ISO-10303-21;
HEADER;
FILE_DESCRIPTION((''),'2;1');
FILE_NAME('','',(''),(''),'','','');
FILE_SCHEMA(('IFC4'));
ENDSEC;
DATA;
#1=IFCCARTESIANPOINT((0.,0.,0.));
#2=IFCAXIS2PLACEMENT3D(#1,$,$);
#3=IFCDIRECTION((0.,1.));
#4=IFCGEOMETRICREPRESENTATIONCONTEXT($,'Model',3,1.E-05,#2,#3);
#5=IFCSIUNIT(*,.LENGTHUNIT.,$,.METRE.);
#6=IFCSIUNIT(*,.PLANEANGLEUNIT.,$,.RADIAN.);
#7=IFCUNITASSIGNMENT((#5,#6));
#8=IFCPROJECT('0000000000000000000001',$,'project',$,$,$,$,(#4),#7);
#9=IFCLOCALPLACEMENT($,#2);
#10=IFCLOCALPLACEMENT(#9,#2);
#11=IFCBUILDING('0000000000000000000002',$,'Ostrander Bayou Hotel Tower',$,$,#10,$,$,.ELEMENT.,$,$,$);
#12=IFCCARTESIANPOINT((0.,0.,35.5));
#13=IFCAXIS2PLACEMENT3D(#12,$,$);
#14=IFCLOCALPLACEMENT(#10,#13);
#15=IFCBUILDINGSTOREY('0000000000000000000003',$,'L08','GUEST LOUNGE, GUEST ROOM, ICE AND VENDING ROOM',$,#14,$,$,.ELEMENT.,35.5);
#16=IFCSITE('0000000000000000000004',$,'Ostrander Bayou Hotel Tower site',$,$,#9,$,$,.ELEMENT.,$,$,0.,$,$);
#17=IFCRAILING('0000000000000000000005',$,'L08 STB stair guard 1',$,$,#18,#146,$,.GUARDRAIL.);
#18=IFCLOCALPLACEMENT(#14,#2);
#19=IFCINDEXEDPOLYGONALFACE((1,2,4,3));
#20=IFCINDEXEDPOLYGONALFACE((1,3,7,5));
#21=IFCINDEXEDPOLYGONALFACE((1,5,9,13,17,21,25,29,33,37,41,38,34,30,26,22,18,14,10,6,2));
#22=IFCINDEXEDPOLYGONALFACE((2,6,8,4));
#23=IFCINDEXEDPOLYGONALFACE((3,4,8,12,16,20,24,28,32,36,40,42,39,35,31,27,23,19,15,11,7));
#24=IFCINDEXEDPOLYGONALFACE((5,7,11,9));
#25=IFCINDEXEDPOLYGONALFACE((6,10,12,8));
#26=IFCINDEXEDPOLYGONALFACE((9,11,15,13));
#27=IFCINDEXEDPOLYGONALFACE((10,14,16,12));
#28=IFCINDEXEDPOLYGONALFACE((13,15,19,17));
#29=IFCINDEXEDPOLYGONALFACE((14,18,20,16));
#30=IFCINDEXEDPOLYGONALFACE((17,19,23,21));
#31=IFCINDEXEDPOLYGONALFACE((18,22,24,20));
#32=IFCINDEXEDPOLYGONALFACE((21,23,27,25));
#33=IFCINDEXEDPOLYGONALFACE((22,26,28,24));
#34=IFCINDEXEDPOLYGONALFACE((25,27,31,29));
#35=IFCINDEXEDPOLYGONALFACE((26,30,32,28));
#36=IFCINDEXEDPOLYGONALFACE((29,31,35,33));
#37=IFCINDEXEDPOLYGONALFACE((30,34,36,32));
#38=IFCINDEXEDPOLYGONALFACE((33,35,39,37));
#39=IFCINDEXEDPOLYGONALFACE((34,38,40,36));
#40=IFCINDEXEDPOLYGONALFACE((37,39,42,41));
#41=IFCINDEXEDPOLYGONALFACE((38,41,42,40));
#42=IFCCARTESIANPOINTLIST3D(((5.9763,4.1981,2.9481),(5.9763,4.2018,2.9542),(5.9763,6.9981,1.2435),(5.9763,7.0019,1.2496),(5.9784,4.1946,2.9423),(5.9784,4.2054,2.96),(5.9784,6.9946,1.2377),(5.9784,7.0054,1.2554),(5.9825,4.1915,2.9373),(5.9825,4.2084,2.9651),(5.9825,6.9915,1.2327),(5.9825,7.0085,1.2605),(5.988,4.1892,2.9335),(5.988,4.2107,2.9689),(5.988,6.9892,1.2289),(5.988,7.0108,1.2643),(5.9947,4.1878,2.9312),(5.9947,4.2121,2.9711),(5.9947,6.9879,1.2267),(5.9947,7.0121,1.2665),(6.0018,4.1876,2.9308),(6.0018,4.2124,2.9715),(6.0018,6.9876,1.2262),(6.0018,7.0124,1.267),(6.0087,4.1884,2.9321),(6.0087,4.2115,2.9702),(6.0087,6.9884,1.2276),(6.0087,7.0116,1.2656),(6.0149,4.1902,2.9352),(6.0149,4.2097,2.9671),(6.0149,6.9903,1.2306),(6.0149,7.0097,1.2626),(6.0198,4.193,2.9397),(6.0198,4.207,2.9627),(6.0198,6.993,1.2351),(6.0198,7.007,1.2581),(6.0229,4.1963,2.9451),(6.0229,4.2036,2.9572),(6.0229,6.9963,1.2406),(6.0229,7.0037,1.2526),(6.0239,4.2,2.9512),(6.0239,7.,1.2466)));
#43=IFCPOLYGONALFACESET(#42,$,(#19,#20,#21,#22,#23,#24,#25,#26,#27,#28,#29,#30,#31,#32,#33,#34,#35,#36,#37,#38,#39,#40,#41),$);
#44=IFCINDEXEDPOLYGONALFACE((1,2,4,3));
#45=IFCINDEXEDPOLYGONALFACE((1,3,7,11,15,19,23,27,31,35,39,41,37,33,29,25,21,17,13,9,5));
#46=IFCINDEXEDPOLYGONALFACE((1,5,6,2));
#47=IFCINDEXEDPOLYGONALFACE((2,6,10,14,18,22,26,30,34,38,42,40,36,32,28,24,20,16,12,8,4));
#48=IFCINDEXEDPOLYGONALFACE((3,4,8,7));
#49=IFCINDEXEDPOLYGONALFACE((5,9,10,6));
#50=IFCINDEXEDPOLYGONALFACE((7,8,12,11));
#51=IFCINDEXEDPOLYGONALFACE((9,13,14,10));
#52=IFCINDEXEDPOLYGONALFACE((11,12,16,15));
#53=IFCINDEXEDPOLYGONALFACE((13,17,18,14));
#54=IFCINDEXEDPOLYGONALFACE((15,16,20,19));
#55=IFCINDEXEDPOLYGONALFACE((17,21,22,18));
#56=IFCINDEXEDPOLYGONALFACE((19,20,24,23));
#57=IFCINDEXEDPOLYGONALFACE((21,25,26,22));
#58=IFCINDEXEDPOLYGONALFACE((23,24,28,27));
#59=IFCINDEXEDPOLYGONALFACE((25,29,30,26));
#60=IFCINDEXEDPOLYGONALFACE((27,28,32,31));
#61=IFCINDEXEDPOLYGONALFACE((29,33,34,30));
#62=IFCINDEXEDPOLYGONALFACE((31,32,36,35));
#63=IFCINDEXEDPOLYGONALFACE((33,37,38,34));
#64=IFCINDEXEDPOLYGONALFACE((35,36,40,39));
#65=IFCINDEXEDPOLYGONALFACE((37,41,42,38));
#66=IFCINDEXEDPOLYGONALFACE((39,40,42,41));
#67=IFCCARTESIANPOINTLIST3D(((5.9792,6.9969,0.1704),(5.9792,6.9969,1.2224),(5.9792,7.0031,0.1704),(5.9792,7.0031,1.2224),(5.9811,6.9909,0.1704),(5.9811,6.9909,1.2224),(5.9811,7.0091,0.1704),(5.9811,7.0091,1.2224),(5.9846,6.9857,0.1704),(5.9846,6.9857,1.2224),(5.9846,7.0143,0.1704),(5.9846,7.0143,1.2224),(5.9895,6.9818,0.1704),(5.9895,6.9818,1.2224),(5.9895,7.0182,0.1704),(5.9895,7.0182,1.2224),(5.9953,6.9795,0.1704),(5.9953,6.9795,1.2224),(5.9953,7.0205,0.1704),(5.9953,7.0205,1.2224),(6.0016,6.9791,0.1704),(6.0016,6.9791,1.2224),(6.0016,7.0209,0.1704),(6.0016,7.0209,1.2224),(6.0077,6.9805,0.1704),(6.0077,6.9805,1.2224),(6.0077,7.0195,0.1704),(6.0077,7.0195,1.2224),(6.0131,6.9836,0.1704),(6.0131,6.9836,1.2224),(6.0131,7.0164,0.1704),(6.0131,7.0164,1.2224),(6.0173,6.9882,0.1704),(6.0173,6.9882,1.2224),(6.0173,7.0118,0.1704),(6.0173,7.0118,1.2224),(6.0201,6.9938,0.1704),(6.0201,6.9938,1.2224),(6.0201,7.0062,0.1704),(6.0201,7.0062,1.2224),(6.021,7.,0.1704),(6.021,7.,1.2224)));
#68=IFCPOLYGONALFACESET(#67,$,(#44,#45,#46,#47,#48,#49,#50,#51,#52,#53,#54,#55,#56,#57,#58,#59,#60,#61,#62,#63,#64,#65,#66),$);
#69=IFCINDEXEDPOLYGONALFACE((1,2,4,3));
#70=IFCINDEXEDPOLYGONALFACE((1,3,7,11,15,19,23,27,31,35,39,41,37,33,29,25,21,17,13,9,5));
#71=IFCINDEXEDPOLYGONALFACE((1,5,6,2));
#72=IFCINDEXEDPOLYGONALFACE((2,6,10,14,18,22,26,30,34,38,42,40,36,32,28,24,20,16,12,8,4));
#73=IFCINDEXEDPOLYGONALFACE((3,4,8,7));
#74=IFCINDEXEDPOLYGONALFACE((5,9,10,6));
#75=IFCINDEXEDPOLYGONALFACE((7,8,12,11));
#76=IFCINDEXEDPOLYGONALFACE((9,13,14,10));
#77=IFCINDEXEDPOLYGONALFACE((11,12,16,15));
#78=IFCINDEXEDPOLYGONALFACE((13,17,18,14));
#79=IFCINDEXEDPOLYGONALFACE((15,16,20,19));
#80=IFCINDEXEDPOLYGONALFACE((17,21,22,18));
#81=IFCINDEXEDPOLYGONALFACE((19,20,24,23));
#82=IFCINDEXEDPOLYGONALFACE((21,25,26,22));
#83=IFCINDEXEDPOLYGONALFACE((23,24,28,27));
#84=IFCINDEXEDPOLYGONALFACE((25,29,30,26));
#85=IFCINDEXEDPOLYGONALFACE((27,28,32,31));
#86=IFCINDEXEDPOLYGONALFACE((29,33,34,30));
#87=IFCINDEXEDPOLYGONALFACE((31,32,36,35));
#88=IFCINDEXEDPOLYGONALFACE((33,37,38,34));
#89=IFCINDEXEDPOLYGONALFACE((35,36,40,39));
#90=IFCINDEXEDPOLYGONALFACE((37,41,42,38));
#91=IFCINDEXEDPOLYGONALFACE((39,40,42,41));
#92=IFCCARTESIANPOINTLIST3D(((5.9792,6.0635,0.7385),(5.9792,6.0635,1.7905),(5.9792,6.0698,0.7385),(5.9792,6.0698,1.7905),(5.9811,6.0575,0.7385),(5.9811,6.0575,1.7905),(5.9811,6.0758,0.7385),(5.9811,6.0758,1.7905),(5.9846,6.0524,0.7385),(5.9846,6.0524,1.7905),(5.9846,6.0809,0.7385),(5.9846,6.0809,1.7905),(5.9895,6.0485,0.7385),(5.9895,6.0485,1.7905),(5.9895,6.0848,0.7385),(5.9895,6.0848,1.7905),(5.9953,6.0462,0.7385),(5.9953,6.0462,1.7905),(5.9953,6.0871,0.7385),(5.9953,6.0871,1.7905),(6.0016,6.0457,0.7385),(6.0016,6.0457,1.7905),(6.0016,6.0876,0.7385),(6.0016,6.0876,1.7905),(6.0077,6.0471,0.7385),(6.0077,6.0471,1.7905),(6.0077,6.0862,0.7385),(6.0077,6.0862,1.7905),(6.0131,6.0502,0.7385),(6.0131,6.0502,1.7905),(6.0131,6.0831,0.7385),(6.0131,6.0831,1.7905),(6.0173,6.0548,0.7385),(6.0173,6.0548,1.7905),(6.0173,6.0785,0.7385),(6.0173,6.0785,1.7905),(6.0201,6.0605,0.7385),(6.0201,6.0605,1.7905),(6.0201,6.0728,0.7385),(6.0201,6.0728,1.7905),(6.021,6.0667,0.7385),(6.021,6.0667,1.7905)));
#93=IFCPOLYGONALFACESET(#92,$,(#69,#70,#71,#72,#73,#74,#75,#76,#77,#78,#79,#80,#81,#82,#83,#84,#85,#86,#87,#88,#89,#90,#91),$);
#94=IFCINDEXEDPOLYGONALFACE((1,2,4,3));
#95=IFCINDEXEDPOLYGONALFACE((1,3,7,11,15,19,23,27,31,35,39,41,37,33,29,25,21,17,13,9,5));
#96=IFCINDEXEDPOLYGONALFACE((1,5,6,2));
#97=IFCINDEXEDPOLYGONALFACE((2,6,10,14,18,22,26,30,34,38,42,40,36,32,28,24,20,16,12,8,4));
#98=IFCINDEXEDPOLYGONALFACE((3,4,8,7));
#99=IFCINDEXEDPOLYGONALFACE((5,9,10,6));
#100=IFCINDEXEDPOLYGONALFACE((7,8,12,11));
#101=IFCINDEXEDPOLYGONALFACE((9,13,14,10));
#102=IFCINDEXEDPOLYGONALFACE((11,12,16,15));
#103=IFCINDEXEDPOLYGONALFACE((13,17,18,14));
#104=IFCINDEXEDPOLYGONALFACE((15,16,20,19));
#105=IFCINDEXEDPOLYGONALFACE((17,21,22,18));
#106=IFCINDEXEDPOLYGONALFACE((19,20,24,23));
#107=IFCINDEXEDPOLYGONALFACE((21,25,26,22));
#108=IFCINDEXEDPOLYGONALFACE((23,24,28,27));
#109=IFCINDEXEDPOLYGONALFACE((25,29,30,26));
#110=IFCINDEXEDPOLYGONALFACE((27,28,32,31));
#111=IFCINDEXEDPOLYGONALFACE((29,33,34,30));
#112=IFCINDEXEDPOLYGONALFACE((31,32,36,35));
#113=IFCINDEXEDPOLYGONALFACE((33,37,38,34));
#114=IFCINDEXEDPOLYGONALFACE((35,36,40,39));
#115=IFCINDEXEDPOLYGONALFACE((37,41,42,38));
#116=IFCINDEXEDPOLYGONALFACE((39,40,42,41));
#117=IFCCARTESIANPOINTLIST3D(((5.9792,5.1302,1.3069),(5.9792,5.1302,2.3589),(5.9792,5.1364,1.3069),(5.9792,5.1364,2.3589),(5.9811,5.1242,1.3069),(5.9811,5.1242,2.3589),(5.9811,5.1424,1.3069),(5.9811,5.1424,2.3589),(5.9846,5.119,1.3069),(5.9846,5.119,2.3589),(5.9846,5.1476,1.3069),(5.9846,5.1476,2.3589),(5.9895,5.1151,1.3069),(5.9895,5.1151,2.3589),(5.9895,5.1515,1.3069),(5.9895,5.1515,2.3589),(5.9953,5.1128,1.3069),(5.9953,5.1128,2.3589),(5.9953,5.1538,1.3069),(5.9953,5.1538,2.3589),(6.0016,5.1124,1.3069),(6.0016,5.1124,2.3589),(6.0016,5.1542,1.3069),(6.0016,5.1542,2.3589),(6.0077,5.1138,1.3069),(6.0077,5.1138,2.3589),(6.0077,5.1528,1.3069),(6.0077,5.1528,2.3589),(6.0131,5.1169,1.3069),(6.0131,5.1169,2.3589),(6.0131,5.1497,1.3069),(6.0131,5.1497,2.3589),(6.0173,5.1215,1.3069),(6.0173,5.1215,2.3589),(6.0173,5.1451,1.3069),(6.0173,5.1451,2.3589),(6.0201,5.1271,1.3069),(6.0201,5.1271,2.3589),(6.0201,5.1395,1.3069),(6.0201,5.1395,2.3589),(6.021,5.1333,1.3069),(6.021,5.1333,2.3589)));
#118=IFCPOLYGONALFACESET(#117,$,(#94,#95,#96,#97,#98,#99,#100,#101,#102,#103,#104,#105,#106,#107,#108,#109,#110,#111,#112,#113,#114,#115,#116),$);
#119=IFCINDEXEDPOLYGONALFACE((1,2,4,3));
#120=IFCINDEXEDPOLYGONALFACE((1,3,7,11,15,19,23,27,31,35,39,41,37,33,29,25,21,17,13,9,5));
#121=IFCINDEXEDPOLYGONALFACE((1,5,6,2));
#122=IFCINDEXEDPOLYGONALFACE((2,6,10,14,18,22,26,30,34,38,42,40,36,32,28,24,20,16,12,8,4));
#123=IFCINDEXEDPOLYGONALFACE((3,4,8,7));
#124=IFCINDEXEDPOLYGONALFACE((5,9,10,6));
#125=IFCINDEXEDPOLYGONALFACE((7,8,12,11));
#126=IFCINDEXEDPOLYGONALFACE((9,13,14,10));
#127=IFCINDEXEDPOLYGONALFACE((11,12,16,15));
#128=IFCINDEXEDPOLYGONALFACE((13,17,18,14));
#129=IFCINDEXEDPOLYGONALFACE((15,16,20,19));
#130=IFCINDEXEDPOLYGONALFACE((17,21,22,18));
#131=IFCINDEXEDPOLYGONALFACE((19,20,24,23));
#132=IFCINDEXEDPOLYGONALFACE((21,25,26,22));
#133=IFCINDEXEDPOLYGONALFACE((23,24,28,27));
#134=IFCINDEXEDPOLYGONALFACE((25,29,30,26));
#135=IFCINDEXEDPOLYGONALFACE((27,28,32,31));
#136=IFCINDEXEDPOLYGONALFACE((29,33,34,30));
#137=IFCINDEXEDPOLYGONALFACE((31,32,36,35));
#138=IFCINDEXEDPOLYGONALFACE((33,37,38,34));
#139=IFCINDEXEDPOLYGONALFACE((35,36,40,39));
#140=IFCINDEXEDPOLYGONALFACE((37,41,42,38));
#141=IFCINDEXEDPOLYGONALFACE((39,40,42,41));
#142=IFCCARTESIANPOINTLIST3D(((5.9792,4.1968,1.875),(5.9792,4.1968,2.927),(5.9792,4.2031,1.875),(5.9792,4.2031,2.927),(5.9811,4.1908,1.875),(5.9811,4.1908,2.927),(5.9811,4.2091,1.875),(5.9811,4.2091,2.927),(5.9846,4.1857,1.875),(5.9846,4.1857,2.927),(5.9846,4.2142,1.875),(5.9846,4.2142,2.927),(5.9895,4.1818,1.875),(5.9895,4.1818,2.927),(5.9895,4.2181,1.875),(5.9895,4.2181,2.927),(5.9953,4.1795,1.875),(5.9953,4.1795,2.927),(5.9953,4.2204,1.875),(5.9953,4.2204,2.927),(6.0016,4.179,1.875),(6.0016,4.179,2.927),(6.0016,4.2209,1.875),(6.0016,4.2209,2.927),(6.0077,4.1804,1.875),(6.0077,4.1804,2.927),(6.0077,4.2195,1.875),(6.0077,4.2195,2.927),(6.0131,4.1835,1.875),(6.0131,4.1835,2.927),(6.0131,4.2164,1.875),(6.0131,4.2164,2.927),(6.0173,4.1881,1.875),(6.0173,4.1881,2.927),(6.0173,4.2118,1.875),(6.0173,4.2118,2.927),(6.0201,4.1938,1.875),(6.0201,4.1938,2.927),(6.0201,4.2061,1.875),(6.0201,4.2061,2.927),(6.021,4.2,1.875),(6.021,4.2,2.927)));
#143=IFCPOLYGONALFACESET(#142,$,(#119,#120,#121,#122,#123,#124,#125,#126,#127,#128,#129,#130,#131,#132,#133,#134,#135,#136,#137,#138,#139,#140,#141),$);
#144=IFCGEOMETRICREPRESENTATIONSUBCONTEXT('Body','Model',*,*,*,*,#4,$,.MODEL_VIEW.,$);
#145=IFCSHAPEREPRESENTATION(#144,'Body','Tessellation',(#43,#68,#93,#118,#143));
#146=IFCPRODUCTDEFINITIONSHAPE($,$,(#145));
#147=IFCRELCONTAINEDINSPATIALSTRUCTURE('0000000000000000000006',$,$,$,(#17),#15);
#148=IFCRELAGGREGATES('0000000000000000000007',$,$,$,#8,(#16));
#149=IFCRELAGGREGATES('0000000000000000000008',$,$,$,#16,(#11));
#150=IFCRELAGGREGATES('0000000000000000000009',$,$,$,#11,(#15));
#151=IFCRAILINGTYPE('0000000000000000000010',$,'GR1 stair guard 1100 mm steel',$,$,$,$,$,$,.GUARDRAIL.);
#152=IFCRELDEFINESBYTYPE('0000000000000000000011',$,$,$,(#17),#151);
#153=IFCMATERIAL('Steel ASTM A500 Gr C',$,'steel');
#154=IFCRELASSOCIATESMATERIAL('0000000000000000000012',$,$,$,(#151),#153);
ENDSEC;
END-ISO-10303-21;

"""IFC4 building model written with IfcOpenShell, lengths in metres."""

from ifc_helpers import new_model, si_unit, direction, frame, origin, origin_2d, place, context, subcontext, project, spatial, circle, extrude, material, type_object, element, save


model = new_model("IFC4")

# Units and contexts
model_context = context("Model", 3, precision=1e-05, world=origin(), true_north=direction((0.0, 1.0)))
body_context = subcontext(model_context, "Body", "Model", "MODEL_VIEW")
ifc_project = project(units=[si_unit("LENGTHUNIT", "METRE"), si_unit("PLANEANGLEUNIT", "RADIAN")], contexts=[model_context])

# Site, building, storey
site_placement = place(None, origin())
site = spatial("IfcSite", under=ifc_project, at=site_placement, Name="Ostrander Bayou Hotel Tower site", CompositionType="ELEMENT", RefElevation=0.0)
building_placement = place(site_placement, origin())
building = spatial("IfcBuilding", under=site, at=building_placement, Name="Ostrander Bayou Hotel Tower", CompositionType="ELEMENT")
storey_placement = place(building_placement, frame((0.0, 0.0, 35.5)))
storey = spatial("IfcBuildingStorey", under=building, at=storey_placement, Name="L08", Description="GUEST LOUNGE, GUEST ROOM, ICE AND VENDING ROOM", CompositionType="ELEMENT", Elevation=35.5)

# Railing
ifc_material_1 = material(Name="Steel ASTM A500 Gr C", Category="steel")
railing_type_1 = type_object("IfcRailingType", Name="GR1 stair guard 1100 mm steel", PredefinedType="GUARDRAIL", material=ifc_material_1)
railing_1_placement = place(storey_placement, frame((6.0, 7.0, 0.1704)))
element("IfcRailing", 1, at=railing_1_placement, inside=storey, type_object=railing_type_1, Name="L08 STB stair guard 1", PredefinedType="GUARDRAIL", context=body_context, shape_type="SweptSolid", body=[
    extrude(circle(Radius=0.0239, at=origin_2d()), frame((0.0, 0.0, 1.0762), z_axis=(0.0, -0.85417, 0.519994), x_axis=(1.0, 0.0, 0.0)), (0.0, 0.0, 1.0), 3.2781),
    extrude(circle(Radius=0.021, at=origin_2d()), origin(), (0.0, 0.0, 1.0), 1.052),
    extrude(circle(Radius=0.021, at=origin_2d()), frame((0.0, -0.9333, 0.5681)), (0.0, 0.0, 1.0), 1.052),
    extrude(circle(Radius=0.021, at=origin_2d()), frame((0.0, -1.8667, 1.1365)), (0.0, 0.0, 1.0), 1.052),
    extrude(circle(Radius=0.021, at=origin_2d()), frame((0.0, -2.8, 1.7046)), (0.0, 0.0, 1.0), 1.052),
])

save(model, "model.ifc")
